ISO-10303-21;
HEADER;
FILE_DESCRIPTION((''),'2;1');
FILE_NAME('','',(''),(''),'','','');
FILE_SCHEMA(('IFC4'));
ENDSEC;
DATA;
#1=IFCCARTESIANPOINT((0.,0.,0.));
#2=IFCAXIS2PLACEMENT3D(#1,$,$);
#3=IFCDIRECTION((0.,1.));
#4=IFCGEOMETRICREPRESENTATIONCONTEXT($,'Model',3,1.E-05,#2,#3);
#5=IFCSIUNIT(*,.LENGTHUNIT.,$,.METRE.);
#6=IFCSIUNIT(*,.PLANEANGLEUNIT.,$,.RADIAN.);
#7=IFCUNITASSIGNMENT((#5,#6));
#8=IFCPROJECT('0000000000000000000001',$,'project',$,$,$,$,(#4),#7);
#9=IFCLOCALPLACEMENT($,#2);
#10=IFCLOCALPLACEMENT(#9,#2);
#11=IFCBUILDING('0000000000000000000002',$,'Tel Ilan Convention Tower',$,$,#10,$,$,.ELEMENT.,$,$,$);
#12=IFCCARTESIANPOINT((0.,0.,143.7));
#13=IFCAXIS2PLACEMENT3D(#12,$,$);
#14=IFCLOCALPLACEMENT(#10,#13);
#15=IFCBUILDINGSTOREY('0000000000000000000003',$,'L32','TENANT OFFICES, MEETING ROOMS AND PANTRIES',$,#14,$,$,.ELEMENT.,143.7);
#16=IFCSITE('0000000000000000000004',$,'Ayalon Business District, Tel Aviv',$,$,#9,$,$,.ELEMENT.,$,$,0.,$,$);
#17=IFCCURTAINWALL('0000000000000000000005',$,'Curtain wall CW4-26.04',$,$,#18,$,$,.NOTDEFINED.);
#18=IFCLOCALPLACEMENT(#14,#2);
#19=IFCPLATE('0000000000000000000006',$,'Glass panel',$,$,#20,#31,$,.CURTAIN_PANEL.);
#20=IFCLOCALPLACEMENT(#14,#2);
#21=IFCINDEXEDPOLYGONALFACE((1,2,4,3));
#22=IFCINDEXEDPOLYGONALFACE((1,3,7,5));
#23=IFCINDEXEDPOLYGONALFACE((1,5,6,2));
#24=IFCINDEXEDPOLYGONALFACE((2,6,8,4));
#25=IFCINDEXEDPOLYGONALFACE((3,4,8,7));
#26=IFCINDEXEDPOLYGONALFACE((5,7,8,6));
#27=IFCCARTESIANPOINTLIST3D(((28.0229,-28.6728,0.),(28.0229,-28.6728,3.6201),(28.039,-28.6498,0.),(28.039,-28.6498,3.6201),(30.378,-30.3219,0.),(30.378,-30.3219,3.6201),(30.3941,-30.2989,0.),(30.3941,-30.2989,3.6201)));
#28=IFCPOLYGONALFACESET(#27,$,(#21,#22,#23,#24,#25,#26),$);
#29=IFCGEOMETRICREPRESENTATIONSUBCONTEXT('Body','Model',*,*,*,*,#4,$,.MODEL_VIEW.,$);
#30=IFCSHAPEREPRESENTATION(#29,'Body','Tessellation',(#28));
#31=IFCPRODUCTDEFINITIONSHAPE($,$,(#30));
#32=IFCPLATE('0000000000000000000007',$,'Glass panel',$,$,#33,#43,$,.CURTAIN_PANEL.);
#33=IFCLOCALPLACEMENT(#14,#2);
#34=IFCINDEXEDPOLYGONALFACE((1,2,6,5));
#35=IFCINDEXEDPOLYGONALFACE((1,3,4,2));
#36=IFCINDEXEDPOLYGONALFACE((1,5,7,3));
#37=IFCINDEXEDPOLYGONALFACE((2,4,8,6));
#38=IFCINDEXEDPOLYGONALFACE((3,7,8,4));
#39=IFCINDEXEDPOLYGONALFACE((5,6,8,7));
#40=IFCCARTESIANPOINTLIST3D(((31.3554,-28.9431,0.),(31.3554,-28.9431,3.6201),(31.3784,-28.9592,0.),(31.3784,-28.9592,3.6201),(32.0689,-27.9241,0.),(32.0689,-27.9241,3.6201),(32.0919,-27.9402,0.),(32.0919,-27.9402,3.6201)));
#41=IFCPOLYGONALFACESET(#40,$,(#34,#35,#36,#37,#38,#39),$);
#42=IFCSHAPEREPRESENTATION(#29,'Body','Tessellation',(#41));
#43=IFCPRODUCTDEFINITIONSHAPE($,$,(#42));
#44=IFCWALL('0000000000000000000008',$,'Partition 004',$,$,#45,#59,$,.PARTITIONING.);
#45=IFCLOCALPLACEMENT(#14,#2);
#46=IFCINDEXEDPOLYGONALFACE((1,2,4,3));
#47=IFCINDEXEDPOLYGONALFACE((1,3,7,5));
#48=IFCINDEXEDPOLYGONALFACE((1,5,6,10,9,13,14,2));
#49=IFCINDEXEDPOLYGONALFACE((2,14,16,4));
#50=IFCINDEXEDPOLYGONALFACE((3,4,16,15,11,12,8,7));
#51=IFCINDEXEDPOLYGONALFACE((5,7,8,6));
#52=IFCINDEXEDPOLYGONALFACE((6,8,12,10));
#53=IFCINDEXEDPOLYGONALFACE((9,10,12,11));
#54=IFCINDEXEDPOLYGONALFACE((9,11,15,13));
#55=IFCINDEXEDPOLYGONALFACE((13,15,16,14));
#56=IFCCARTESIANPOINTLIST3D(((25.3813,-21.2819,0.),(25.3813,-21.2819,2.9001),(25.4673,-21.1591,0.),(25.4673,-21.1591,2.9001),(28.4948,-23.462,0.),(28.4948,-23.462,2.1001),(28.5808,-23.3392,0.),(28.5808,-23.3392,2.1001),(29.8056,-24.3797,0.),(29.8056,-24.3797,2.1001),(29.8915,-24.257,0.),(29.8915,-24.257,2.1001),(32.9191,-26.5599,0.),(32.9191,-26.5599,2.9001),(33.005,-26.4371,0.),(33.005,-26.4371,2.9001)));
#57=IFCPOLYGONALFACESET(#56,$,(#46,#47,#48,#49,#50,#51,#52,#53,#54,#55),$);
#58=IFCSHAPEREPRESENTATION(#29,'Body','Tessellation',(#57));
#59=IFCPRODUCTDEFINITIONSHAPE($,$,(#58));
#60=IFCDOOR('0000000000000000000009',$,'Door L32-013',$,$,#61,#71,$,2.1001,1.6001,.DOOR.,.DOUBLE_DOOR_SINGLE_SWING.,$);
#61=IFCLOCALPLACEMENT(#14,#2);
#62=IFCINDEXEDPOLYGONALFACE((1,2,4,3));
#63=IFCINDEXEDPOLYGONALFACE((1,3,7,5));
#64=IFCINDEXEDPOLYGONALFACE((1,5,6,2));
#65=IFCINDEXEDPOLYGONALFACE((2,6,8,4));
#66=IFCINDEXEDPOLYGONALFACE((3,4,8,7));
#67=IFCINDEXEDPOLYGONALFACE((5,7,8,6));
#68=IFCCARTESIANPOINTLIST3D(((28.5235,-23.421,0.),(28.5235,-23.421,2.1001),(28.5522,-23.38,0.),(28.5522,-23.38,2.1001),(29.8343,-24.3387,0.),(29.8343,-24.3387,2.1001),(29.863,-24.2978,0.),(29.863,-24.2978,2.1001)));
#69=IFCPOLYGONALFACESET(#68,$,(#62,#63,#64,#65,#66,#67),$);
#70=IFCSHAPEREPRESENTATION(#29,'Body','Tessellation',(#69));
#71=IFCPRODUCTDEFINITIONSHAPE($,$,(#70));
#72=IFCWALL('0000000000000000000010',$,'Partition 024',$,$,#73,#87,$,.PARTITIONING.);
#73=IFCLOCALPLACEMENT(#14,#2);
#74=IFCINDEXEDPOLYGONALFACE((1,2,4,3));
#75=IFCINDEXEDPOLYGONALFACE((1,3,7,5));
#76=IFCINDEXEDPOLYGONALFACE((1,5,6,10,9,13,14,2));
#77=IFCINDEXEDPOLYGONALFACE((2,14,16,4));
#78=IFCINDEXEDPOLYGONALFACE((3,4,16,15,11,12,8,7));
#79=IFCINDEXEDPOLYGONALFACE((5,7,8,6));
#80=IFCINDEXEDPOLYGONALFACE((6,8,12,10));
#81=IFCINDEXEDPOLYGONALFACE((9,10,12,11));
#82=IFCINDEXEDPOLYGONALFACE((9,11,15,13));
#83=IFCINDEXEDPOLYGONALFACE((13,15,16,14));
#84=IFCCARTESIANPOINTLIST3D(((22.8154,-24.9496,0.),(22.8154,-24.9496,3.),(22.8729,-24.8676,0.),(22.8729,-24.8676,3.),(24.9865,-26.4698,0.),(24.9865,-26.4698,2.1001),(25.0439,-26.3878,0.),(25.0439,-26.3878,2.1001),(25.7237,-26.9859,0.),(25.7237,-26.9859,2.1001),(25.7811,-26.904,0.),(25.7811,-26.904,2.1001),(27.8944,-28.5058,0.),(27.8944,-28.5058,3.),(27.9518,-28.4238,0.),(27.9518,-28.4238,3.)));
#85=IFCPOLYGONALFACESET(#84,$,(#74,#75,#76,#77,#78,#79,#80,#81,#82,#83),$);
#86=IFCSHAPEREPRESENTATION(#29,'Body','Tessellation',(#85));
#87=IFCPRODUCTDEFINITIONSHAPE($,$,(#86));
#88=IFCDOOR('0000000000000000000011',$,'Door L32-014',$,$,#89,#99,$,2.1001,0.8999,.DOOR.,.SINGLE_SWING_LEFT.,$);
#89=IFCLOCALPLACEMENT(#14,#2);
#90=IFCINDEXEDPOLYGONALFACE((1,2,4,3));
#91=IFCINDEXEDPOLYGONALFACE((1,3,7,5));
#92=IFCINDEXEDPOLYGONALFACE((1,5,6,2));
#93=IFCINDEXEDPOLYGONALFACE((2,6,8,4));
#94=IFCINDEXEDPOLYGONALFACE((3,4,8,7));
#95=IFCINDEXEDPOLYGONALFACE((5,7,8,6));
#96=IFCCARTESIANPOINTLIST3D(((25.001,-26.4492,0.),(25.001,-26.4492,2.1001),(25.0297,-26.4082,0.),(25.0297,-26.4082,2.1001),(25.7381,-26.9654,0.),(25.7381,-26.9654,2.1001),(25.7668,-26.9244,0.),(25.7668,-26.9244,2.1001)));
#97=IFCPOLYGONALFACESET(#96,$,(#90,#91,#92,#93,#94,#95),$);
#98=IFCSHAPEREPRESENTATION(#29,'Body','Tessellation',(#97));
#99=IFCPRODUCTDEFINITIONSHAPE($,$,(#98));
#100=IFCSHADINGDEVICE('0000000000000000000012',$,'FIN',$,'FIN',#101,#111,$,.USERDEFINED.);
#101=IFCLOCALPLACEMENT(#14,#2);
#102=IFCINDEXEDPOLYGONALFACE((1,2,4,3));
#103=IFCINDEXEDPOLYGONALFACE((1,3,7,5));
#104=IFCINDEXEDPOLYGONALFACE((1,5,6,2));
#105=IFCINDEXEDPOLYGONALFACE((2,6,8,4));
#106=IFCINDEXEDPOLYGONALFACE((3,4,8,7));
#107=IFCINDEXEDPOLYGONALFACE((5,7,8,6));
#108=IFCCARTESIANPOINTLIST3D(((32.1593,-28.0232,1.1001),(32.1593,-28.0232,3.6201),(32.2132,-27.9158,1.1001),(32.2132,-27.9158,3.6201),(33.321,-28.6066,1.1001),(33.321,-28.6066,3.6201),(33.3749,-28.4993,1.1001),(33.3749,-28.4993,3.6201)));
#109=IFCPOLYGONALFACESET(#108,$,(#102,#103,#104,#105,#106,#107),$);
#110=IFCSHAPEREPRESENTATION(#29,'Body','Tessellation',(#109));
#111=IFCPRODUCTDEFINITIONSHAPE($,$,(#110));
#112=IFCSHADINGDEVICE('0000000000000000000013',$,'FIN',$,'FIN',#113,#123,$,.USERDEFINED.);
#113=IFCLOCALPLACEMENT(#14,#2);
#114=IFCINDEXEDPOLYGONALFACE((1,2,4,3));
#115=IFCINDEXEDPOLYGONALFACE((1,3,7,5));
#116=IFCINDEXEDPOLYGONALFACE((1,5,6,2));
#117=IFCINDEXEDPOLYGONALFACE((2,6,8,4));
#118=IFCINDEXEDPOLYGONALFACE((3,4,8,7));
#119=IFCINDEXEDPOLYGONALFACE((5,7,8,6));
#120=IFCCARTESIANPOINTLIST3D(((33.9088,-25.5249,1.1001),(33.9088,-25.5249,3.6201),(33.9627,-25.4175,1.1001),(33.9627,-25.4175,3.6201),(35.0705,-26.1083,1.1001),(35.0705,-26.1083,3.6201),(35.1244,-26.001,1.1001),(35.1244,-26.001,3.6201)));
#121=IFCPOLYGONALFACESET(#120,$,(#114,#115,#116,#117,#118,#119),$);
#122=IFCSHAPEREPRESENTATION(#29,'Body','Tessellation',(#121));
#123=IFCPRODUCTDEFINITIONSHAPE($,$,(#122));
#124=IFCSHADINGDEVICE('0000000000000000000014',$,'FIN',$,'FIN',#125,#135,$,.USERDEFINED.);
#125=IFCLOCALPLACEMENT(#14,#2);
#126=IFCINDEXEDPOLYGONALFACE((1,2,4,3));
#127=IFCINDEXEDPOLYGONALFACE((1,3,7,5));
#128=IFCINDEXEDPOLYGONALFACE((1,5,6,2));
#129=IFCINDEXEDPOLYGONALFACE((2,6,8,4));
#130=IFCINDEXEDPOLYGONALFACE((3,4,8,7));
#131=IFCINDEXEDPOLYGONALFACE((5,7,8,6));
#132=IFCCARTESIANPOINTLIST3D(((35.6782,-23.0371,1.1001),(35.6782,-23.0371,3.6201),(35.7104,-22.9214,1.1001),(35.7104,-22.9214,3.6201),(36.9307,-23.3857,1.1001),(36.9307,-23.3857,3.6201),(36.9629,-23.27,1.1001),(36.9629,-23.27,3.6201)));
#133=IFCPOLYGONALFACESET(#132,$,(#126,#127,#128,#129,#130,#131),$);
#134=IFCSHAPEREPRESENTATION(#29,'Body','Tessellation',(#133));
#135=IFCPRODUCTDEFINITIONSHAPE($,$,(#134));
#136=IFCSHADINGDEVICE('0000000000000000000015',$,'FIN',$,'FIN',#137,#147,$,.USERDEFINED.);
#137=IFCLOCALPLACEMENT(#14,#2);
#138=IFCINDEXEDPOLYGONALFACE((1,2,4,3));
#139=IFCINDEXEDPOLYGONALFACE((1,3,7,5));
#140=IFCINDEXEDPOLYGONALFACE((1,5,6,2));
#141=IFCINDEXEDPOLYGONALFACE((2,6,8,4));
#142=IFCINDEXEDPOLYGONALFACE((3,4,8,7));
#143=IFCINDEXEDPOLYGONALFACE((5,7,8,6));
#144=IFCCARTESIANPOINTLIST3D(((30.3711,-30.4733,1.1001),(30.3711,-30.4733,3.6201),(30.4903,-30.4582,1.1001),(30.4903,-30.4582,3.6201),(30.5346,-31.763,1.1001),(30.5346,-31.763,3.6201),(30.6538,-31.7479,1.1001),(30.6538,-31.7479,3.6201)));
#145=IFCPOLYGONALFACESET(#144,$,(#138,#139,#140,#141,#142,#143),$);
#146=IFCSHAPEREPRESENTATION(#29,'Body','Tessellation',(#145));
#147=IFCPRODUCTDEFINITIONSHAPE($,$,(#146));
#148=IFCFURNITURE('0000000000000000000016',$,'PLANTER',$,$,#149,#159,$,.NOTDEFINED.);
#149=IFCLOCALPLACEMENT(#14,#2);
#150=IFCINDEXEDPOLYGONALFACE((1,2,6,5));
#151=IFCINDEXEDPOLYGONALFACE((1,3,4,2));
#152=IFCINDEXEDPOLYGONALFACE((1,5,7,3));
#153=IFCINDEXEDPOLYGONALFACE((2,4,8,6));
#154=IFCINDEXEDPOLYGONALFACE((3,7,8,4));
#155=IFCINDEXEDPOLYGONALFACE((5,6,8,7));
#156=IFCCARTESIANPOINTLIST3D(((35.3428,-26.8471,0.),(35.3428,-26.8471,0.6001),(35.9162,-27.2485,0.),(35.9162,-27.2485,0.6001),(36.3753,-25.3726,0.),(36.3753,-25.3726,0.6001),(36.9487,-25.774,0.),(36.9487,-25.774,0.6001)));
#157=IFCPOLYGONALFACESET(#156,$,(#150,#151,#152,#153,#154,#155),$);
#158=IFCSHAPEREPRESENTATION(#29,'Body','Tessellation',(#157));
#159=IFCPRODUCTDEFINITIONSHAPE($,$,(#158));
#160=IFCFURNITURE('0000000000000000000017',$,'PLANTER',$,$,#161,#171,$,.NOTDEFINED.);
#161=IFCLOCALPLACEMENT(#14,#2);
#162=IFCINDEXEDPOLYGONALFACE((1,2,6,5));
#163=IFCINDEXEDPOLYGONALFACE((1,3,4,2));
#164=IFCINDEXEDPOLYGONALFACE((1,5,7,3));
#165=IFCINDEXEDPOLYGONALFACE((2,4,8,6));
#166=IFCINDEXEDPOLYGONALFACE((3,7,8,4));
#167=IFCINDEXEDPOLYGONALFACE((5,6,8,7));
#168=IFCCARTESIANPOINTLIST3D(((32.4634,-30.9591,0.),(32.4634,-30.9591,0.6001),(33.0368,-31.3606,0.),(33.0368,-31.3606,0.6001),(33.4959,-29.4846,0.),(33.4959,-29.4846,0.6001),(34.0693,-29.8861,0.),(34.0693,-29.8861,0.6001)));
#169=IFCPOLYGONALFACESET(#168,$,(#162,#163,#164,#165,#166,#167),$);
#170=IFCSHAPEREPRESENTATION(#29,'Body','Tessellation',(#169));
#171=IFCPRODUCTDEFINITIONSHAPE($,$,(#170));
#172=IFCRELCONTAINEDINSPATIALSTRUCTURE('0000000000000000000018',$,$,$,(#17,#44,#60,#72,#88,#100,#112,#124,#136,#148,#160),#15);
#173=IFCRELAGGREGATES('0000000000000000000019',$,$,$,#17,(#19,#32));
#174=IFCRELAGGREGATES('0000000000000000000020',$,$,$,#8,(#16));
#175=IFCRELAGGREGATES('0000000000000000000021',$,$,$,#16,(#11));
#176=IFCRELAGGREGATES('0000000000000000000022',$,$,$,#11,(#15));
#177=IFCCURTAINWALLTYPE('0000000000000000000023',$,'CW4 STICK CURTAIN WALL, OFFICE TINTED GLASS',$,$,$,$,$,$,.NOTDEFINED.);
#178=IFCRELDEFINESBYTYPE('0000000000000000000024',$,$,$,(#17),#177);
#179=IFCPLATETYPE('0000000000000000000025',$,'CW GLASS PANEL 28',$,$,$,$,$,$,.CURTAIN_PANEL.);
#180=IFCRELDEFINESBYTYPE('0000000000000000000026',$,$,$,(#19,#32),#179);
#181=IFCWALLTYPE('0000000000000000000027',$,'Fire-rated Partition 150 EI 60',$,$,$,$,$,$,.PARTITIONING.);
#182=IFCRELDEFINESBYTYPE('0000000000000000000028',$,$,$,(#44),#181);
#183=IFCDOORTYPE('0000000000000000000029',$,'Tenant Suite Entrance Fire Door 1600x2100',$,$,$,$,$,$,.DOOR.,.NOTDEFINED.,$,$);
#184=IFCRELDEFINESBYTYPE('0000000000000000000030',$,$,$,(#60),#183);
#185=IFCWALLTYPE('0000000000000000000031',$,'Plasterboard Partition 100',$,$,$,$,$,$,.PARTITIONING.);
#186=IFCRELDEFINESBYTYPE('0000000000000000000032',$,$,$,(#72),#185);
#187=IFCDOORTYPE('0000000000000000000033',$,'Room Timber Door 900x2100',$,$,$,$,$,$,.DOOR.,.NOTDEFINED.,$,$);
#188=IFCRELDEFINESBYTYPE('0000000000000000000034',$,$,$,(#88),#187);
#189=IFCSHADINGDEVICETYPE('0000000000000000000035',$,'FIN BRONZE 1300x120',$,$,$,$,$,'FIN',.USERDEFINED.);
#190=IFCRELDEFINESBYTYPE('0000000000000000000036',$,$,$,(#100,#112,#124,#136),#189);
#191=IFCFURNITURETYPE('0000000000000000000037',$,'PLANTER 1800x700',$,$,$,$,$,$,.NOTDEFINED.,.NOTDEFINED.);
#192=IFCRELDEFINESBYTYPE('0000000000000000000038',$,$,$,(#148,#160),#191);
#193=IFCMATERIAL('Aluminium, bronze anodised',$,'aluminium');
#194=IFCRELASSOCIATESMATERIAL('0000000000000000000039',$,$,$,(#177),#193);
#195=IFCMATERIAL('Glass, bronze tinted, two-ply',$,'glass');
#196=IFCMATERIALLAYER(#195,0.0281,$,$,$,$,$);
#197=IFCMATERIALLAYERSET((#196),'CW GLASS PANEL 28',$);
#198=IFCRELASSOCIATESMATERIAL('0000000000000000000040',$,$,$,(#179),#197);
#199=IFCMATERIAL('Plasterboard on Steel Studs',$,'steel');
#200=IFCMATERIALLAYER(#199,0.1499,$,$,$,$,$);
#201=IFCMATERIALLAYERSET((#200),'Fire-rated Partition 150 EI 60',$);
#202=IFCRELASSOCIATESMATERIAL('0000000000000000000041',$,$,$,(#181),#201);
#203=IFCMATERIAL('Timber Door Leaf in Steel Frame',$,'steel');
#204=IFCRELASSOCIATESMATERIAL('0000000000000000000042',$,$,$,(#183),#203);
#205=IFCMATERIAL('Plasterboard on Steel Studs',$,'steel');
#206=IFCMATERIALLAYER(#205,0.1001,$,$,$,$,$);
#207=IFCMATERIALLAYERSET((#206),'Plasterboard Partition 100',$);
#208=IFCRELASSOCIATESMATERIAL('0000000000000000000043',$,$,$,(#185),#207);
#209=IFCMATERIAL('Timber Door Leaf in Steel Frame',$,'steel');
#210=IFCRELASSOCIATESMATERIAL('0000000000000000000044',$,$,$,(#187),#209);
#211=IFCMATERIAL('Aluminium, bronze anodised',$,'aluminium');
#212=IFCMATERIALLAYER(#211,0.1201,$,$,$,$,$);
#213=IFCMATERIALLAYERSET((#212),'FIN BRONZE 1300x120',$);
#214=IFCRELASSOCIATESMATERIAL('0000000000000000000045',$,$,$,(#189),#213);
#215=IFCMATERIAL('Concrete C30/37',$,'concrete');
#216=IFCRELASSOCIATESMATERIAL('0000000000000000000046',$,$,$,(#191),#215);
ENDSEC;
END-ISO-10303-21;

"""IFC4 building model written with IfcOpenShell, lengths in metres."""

from ifc_helpers import new_model, si_unit, direction, frame, frame_2d, origin, origin_2d, place, context, subcontext, project, spatial, rectangle, extrude, material, layer, layer_set, type_object, element, fill, aggregate, save


model = new_model("IFC4")

# Units and contexts
model_context = context("Model", 3, precision=1e-05, world=origin(), true_north=direction((0.0, 1.0)))
body_context = subcontext(model_context, "Body", "Model", "MODEL_VIEW")
ifc_project = project(units=[si_unit("LENGTHUNIT", "METRE"), si_unit("PLANEANGLEUNIT", "RADIAN")], contexts=[model_context])

# Site, building, storey
site_placement = place(None, origin())
site = spatial("IfcSite", under=ifc_project, at=site_placement, Name="Ayalon Business District, Tel Aviv", CompositionType="ELEMENT", RefElevation=0.0)
building_placement = place(site_placement, origin())
building = spatial("IfcBuilding", under=site, at=building_placement, Name="Tel Ilan Convention Tower", CompositionType="ELEMENT")
storey_placement = place(building_placement, frame((0.0, 0.0, 143.7)))
storey = spatial("IfcBuildingStorey", under=building, at=storey_placement, Name="L32", Description="TENANT OFFICES, MEETING ROOMS AND PANTRIES", CompositionType="ELEMENT", Elevation=143.7)

# Curtain wall
ifc_material_1 = material(Name="Aluminium, bronze anodised", Category="aluminium")
curtain_wall_type = type_object("IfcCurtainWallType", Name="CW4 STICK CURTAIN WALL, OFFICE TINTED GLASS", PredefinedType="NOTDEFINED", material=ifc_material_1)
curtain_wall_1_placement = place(storey_placement, origin())
curtain_wall_1 = element("IfcCurtainWall", 1, at=curtain_wall_1_placement, inside=storey, type_object=curtain_wall_type, Name="Curtain wall CW4-26.04", PredefinedType="NOTDEFINED")

# Shared definitions
ifc_material_2 = material(Name="Glass, bronze tinted, two-ply", Category="glass")
ifc_layer_1 = layer(ifc_material_2, 0.0281)
ifc_layer_set_1 = layer_set([ifc_layer_1], Name="CW GLASS PANEL 28")
plate_type = type_object("IfcPlateType", Name="CW GLASS PANEL 28", PredefinedType="CURTAIN_PANEL", material=ifc_layer_set_1)

# Plates
plate_1_placement = place(storey_placement, frame((29.2085, -29.4858, 0.0), z_axis=(0.0, 0.0, 1.0), x_axis=(0.819152, -0.573576, 0.0)))
plate_1 = element("IfcPlate", 2, at=plate_1_placement, type_object=plate_type, Name="Glass panel", PredefinedType="CURTAIN_PANEL", context=body_context, shape_type="SweptSolid", body=[
    extrude(rectangle(XDim=2.875, YDim=0.0281, at=origin_2d()), origin(), (0.0, 0.0, 1.0), 3.6201),
])
plate_2_placement = place(storey_placement, frame((31.7236, -28.4417, 0.0), z_axis=(0.0, 0.0, 1.0), x_axis=(0.573576, 0.819152, 0.0)))
plate_2 = element("IfcPlate", 3, at=plate_2_placement, type_object=plate_type, Name="Glass panel", PredefinedType="CURTAIN_PANEL", context=body_context, shape_type="SweptSolid", body=[
    extrude(rectangle(XDim=1.2439, YDim=0.0281, at=origin_2d()), origin(), (0.0, 0.0, 1.0), 3.6201),
])
aggregate(curtain_wall_1, [plate_1, plate_2])

# Walls, openings, doors
ifc_material_3 = material(Name="Plasterboard on Steel Studs", Category="steel")
ifc_layer_2 = layer(ifc_material_3, 0.1499)
ifc_layer_set_2 = layer_set([ifc_layer_2], Name="Fire-rated Partition 150 EI 60")
wall_type_1 = type_object("IfcWallType", Name="Fire-rated Partition 150 EI 60", PredefinedType="PARTITIONING", material=ifc_layer_set_2)
wall_1_placement = place(storey_placement, frame((32.9622, -26.4985, 0.0), z_axis=(0.0, 0.0, 1.0), x_axis=(-0.819151, 0.573578, 0.0)))
wall_1 = element("IfcWall", 4, at=wall_1_placement, inside=storey, type_object=wall_type_1, Name="Partition 004", PredefinedType="PARTITIONING", context=body_context, shape_type="SweptSolid", body=[
    extrude(rectangle(XDim=9.2019, YDim=0.1499, at=frame_2d((4.6011, 0.0))), origin(), (0.0, 0.0, 1.0), 2.9001),
])
opening_1_placement = place(wall_1_placement, frame((3.801, 0.0, 0.0)))
opening_1 = element("IfcOpeningElement", 5, at=opening_1_placement, cuts=wall_1, PredefinedType="OPENING", context=body_context, shape_type="SweptSolid", body=[
    extrude(rectangle(XDim=1.6001, YDim=2.1001, at=frame_2d((0.8, 1.05))), frame((0.0, 0.085, 0.0), z_axis=(0.0, -1.0, 0.0), x_axis=(1.0, 0.0, 0.0)), (0.0, 0.0, 1.0), 0.1699),
])
ifc_material_4 = material(Name="Timber Door Leaf in Steel Frame", Category="steel")
door_type_1 = type_object("IfcDoorType", Name="Tenant Suite Entrance Fire Door 1600x2100", OperationType="NOTDEFINED", PredefinedType="DOOR", material=ifc_material_4)
door_1_placement = place(opening_1_placement, origin())
door_1 = element("IfcDoor", 6, at=door_1_placement, inside=storey, type_object=door_type_1, Name="Door L32-013", OperationType="DOUBLE_DOOR_SINGLE_SWING", OverallHeight=2.1001, OverallWidth=1.6001, PredefinedType="DOOR", context=body_context, shape_type="SweptSolid", body=[
    extrude(rectangle(XDim=1.6001, YDim=2.1001, at=frame_2d((0.8, 1.05))), frame((0.0, 0.0249, 0.0), z_axis=(0.0, -1.0, 0.0), x_axis=(1.0, 0.0, 0.0)), (0.0, 0.0, 1.0), 0.05),
])
fill(opening_1, door_1)
ifc_material_5 = material(Name="Plasterboard on Steel Studs", Category="steel")
ifc_layer_3 = layer(ifc_material_5, 0.1001)
ifc_layer_set_3 = layer_set([ifc_layer_3], Name="Plasterboard Partition 100")
wall_type_2 = type_object("IfcWallType", Name="Plasterboard Partition 100", PredefinedType="PARTITIONING", material=ifc_layer_set_3)
wall_2_placement = place(storey_placement, frame((27.9231, -28.4648, 0.0), z_axis=(0.0, 0.0, 1.0), x_axis=(-0.81916, 0.573565, 0.0)))
wall_2 = element("IfcWall", 7, at=wall_2_placement, inside=storey, type_object=wall_type_2, Name="Partition 024", PredefinedType="PARTITIONING", context=body_context, shape_type="SweptSolid", body=[
    extrude(rectangle(XDim=6.2002, YDim=0.1001, at=frame_2d((3.1001, 0.0))), origin(), (0.0, 0.0, 1.0), 3.0),
])
opening_2_placement = place(wall_2_placement, frame((2.6499, 0.0, 0.0)))
opening_2 = element("IfcOpeningElement", 8, at=opening_2_placement, cuts=wall_2, PredefinedType="OPENING", context=body_context, shape_type="SweptSolid", body=[
    extrude(rectangle(XDim=0.8999, YDim=2.1001, at=frame_2d((0.45, 1.05))), frame((0.0, 0.0601, 0.0), z_axis=(0.0, -1.0, 0.0), x_axis=(1.0, 0.0, 0.0)), (0.0, 0.0, 1.0), 0.1201),
])
ifc_material_6 = material(Name="Timber Door Leaf in Steel Frame", Category="steel")
door_type_2 = type_object("IfcDoorType", Name="Room Timber Door 900x2100", OperationType="NOTDEFINED", PredefinedType="DOOR", material=ifc_material_6)
door_2_placement = place(opening_2_placement, origin())
door_2 = element("IfcDoor", 9, at=door_2_placement, inside=storey, type_object=door_type_2, Name="Door L32-014", OperationType="SINGLE_SWING_LEFT", OverallHeight=2.1001, OverallWidth=0.8999, PredefinedType="DOOR", context=body_context, shape_type="SweptSolid", body=[
    extrude(rectangle(XDim=0.8999, YDim=2.1001, at=frame_2d((0.45, 1.05))), frame((0.0, 0.0249, 0.0), z_axis=(0.0, -1.0, 0.0), x_axis=(1.0, 0.0, 0.0)), (0.0, 0.0, 1.0), 0.05),
])
fill(opening_2, door_2)

# Shading devices
ifc_material_7 = material(Name="Aluminium, bronze anodised", Category="aluminium")
ifc_layer_4 = layer(ifc_material_7, 0.1201)
ifc_layer_set_4 = layer_set([ifc_layer_4], Name="FIN BRONZE 1300x120")
shading_device_type = type_object("IfcShadingDeviceType", Name="FIN BRONZE 1300x120", ElementType="FIN", PredefinedType="USERDEFINED", material=ifc_layer_set_4)
for number, where, z_axis, x_axis, name in (
    (10, (32.7671, -28.2612, 1.1001), (0.0, 0.0, 1.0), (0.893633, -0.448799, 0.0), "FIN"),
    (11, (34.5166, -25.7629, 1.1001), (0.0, 0.0, 1.0), (0.893633, -0.448799, 0.0), "FIN"),
    (12, (36.3206, -23.1536, 1.1001), (0.0, 0.0, 1.0), (0.963371, -0.268173, 0.0), "FIN"),
    (13, (30.5125, -31.1106, 1.1001), (0.0, 0.0, 1.0), (0.125718, -0.992066, 0.0), "FIN"),
):
    element("IfcShadingDevice", number, at=place(storey_placement, frame(where, z_axis=z_axis, x_axis=x_axis)), inside=storey, type_object=shading_device_type, Name=name, ObjectType="FIN", PredefinedType="USERDEFINED", context=body_context, shape_type="SweptSolid", body=[
        extrude(rectangle(XDim=1.3, YDim=0.1201, at=origin_2d()), origin(), (0.0, 0.0, 1.0), 2.52),
    ])

# Furniture
ifc_material_8 = material(Name="Concrete C30/37", Category="concrete")
furniture_type = type_object("IfcFurnitureType", Name="PLANTER 1800x700", AssemblyPlace="NOTDEFINED", PredefinedType="NOTDEFINED", material=ifc_material_8)
for number, where, z_axis, x_axis, name in (
    (14, (36.1458, -26.3105, 0.0), (0.0, 0.0, 1.0), (-0.573576, -0.819152, 0.0), "PLANTER"),
    (15, (33.2664, -30.4226, 0.0), (0.0, 0.0, 1.0), (-0.573576, -0.819152, 0.0), "PLANTER"),
):
    element("IfcFurniture", number, at=place(storey_placement, frame(where, z_axis=z_axis, x_axis=x_axis)), inside=storey, type_object=furniture_type, Name=name, PredefinedType="NOTDEFINED", context=body_context, shape_type="SweptSolid", body=[
        extrude(rectangle(XDim=1.8, YDim=0.7, at=origin_2d()), origin(), (0.0, 0.0, 1.0), 0.6001),
    ])

save(model, "model.ifc")
